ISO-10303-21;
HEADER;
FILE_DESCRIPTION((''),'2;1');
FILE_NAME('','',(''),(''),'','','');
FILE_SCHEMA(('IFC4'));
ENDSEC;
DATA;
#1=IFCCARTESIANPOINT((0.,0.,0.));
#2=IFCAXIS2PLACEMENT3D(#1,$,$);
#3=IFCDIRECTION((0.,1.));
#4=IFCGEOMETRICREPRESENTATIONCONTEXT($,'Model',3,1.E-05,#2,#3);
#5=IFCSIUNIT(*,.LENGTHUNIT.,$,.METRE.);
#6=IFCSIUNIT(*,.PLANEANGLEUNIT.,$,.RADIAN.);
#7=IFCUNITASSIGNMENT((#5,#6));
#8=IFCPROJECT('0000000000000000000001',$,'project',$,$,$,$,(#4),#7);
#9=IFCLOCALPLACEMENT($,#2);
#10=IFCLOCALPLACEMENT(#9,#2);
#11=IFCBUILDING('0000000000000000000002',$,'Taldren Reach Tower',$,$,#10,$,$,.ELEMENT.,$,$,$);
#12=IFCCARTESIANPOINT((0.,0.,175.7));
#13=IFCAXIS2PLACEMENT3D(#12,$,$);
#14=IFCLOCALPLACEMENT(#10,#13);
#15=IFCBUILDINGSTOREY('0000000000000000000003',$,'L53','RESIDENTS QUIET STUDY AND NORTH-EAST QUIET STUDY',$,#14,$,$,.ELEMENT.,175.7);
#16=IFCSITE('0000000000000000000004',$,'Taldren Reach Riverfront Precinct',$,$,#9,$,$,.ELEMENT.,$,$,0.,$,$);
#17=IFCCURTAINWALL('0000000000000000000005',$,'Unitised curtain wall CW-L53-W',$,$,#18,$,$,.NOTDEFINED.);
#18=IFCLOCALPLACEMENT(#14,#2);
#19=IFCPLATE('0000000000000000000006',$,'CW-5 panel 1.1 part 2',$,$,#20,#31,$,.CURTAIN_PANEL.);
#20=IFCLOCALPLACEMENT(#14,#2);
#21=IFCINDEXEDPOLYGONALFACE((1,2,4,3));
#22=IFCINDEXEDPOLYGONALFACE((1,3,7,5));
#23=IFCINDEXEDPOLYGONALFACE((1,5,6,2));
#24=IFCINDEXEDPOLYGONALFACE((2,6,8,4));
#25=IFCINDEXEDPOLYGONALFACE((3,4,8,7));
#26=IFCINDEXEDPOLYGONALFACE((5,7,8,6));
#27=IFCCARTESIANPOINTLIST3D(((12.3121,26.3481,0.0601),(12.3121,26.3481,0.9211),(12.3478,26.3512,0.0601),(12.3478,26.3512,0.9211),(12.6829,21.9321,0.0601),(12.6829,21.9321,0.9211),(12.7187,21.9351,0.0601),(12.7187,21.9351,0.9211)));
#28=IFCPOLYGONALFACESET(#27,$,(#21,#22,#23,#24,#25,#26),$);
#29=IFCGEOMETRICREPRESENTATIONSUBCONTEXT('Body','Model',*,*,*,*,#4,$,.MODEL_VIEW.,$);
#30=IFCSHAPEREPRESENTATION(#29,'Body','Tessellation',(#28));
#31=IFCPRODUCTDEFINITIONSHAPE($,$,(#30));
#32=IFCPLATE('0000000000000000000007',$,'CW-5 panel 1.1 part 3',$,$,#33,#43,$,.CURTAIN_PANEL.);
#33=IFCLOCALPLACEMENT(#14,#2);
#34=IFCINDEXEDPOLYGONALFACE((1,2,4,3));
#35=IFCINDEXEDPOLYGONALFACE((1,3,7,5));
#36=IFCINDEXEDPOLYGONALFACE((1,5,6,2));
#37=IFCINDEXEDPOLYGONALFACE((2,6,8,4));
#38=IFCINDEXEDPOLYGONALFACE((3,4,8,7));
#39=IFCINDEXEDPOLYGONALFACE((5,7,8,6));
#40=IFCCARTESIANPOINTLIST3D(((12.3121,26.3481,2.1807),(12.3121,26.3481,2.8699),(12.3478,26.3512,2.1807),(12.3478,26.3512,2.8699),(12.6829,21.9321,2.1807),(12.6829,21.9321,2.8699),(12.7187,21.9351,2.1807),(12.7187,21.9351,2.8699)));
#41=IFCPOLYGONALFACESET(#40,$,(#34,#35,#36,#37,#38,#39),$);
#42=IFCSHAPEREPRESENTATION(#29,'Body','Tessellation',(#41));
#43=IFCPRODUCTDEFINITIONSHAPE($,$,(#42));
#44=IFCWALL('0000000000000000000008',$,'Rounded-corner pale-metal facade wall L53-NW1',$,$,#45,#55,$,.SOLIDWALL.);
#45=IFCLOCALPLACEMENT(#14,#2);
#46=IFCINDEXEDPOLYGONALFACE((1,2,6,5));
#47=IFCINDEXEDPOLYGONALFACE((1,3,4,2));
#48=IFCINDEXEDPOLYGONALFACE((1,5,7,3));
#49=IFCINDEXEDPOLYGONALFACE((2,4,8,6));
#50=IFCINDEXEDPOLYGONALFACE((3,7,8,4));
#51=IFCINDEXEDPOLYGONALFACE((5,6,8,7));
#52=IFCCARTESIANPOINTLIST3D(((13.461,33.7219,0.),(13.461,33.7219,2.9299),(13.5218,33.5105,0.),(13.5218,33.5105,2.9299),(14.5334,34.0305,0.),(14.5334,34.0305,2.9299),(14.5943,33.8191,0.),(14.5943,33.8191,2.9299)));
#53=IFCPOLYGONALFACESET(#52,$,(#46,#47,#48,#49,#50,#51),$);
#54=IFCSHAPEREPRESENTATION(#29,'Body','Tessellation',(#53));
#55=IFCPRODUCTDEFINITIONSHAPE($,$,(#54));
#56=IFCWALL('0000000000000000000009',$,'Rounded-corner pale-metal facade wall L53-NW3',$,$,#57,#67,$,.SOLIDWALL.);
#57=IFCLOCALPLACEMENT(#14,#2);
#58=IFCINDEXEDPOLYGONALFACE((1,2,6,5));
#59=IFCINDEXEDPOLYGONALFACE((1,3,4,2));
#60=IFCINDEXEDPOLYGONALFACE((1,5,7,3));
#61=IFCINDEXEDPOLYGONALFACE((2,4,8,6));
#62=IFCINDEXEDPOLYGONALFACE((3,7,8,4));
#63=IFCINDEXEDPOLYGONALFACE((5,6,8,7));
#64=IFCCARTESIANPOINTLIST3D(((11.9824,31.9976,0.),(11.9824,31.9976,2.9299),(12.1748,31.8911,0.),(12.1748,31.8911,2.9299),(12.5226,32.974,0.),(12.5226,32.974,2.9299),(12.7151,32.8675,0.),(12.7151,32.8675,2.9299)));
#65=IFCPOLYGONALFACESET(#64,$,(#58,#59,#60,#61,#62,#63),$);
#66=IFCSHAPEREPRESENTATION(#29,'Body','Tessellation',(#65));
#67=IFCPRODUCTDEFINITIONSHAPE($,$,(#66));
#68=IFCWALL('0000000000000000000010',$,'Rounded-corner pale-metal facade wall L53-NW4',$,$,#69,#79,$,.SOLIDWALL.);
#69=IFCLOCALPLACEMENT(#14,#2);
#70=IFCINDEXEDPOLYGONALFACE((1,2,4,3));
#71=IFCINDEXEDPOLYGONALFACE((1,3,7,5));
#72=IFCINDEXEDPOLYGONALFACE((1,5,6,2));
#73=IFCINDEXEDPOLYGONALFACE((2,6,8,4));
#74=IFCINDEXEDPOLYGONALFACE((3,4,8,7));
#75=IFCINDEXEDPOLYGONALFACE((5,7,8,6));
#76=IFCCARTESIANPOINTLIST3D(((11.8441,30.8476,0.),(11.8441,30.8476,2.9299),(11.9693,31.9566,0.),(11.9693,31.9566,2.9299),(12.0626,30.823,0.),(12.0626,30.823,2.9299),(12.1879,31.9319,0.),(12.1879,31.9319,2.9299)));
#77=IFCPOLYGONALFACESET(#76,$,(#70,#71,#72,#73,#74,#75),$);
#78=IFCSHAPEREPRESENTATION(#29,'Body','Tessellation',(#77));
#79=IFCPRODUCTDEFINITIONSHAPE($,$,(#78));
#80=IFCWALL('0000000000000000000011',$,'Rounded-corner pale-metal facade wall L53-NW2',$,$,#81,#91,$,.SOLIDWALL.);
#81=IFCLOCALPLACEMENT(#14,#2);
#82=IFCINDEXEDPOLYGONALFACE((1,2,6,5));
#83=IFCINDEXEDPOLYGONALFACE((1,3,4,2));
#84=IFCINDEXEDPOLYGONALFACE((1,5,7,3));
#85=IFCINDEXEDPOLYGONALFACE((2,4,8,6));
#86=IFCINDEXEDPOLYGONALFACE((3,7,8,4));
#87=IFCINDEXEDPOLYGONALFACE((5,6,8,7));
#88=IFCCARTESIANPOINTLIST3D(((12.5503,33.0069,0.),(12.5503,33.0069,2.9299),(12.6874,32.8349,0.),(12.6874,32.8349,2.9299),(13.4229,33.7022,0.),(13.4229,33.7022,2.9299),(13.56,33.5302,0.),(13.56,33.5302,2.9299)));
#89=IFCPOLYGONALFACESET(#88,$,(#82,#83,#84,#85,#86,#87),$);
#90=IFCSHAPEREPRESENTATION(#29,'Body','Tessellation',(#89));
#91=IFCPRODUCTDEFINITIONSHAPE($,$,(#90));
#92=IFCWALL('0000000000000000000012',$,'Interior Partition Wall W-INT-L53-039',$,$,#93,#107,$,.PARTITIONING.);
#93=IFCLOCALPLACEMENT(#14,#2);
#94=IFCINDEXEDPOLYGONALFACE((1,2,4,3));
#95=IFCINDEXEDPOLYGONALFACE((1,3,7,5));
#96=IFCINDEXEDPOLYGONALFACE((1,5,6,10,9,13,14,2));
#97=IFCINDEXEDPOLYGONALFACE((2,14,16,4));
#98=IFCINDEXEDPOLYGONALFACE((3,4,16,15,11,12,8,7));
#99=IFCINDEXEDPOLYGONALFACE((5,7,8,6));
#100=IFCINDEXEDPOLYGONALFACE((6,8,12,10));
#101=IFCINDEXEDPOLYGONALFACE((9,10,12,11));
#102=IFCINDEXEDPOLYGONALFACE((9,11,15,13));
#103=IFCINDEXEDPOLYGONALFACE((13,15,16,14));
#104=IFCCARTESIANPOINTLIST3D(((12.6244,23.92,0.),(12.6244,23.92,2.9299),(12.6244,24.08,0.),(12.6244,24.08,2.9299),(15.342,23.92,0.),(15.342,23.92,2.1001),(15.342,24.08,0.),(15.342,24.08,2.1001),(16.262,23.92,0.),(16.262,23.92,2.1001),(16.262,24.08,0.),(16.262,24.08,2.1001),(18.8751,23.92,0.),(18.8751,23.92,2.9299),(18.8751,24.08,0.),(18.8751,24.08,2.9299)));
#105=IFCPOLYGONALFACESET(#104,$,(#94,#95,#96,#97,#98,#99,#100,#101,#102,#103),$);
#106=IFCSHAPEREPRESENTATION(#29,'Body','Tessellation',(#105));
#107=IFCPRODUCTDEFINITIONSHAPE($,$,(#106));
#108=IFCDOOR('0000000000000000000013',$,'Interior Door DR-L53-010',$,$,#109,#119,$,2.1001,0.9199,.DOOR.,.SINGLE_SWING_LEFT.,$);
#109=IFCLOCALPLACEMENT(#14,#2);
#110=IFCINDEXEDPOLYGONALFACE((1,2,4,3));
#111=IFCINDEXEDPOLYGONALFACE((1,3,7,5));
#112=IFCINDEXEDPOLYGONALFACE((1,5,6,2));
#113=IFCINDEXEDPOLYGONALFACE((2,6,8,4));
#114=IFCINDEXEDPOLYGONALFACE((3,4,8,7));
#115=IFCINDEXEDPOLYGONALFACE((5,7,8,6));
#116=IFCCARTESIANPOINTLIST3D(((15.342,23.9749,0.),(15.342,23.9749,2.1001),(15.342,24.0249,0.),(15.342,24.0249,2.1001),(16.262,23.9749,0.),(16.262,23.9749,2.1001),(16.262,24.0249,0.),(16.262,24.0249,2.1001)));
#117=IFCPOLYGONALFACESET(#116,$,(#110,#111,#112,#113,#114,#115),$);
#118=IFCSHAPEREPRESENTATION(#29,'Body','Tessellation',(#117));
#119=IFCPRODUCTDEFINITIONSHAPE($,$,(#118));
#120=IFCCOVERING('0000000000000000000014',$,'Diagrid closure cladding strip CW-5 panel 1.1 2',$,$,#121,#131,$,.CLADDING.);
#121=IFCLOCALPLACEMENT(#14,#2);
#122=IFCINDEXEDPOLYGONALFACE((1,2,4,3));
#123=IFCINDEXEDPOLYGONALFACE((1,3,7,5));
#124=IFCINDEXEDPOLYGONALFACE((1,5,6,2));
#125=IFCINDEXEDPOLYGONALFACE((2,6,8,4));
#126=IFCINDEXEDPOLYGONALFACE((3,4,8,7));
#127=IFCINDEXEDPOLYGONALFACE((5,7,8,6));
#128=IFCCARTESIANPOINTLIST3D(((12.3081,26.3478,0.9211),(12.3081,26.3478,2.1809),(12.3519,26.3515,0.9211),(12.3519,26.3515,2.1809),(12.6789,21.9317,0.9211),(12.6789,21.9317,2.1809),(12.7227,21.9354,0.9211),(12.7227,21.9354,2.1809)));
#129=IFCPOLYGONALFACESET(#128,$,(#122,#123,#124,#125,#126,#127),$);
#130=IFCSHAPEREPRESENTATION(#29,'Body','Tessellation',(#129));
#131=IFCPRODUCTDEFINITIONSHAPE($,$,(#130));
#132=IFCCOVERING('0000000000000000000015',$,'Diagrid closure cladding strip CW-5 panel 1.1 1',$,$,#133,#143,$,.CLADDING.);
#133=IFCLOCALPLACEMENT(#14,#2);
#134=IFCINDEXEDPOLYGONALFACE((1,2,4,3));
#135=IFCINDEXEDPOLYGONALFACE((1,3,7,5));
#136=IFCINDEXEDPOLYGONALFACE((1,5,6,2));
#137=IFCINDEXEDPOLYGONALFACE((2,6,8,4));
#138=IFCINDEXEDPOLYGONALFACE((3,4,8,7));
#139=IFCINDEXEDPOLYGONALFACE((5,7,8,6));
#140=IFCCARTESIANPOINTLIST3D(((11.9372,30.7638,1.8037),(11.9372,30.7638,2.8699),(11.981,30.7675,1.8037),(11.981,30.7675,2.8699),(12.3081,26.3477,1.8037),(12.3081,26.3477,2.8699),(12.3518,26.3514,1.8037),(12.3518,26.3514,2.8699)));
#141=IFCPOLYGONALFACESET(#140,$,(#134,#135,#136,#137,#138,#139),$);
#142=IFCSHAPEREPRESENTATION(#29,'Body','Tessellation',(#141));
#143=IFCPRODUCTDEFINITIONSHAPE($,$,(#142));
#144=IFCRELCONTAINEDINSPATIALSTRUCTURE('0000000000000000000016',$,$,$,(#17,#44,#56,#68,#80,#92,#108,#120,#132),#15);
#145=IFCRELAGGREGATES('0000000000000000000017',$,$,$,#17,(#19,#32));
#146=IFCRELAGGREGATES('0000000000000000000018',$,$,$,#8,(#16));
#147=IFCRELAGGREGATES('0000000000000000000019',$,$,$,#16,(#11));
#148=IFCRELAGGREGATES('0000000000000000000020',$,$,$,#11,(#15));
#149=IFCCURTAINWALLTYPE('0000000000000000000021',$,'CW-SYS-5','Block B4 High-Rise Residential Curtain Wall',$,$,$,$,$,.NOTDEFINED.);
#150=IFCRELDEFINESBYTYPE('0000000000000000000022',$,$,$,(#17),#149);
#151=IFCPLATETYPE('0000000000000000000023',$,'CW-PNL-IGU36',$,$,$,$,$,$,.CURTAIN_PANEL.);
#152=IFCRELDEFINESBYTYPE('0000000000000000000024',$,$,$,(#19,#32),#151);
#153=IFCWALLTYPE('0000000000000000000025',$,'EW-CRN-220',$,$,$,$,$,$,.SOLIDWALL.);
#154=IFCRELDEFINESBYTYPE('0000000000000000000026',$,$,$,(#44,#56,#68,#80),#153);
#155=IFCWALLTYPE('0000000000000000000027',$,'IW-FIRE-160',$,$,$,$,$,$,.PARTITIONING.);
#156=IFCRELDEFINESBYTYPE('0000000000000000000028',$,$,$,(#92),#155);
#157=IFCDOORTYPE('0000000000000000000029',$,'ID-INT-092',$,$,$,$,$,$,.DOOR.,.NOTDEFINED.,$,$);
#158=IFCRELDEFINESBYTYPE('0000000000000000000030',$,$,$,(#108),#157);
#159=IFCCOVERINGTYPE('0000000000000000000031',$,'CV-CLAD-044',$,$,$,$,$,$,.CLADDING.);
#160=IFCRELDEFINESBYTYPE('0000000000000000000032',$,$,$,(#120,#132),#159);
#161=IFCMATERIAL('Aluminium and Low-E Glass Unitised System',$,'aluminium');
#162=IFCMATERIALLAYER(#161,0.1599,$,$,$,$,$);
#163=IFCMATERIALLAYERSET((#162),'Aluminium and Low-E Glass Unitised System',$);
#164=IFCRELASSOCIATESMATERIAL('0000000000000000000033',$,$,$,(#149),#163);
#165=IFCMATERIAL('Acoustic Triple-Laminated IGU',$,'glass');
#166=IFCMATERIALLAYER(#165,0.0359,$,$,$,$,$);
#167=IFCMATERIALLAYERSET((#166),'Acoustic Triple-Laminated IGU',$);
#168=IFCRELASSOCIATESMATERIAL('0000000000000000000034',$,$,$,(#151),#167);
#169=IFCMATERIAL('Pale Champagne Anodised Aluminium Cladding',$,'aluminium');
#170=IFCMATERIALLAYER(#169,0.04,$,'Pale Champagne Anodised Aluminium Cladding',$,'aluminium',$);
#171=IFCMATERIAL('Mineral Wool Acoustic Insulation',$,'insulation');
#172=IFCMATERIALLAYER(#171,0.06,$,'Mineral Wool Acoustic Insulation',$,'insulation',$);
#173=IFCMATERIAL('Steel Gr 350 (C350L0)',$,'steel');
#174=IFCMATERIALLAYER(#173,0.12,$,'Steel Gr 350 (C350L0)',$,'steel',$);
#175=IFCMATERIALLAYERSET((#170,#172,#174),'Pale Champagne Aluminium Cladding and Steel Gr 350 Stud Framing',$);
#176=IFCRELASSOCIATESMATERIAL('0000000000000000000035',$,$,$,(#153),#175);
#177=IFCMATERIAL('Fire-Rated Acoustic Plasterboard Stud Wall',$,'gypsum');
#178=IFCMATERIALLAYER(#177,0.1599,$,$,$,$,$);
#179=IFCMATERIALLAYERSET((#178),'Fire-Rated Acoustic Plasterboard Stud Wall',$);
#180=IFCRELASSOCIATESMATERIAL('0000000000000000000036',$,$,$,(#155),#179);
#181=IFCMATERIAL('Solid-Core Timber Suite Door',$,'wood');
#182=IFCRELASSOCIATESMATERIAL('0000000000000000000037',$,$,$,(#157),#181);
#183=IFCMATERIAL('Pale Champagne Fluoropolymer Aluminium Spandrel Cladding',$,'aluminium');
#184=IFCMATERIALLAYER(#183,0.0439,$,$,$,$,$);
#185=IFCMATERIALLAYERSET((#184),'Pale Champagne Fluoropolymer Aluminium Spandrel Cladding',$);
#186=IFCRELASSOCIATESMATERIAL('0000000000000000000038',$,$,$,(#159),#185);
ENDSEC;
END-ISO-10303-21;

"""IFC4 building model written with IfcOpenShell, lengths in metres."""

from ifc_helpers import new_model, si_unit, direction, frame, frame_2d, origin, origin_2d, place, context, subcontext, project, spatial, rectangle, extrude, source, transform, mapped, material, layer, layer_set, type_object, element, fill, aggregate, save


model = new_model("IFC4")

# Units and contexts
model_context = context("Model", 3, precision=1e-05, world=origin(), true_north=direction((0.0, 1.0)))
body_context = subcontext(model_context, "Body", "Model", "MODEL_VIEW")
ifc_project = project(units=[si_unit("LENGTHUNIT", "METRE"), si_unit("PLANEANGLEUNIT", "RADIAN")], contexts=[model_context])

# Site, building, storey
site_placement = place(None, origin())
site = spatial("IfcSite", under=ifc_project, at=site_placement, Name="Taldren Reach Riverfront Precinct", CompositionType="ELEMENT", RefElevation=0.0)
building_placement = place(site_placement, origin())
building = spatial("IfcBuilding", under=site, at=building_placement, Name="Taldren Reach Tower", CompositionType="ELEMENT")
storey_placement = place(building_placement, frame((0.0, 0.0, 175.7)))
storey = spatial("IfcBuildingStorey", under=building, at=storey_placement, Name="L53", Description="RESIDENTS QUIET STUDY AND NORTH-EAST QUIET STUDY", CompositionType="ELEMENT", Elevation=175.7)

# Shared definitions
ifc_material_1 = material(Name="Steel Gr 350 (C350L0)", Category="steel")

# Shared definitions
ifc_material_2 = material(Name="Aluminium and Low-E Glass Unitised System", Category="aluminium")
ifc_layer_1 = layer(ifc_material_2, 0.1599)
ifc_layer_set_1 = layer_set([ifc_layer_1], Name="Aluminium and Low-E Glass Unitised System")
curtain_wall_type = type_object("IfcCurtainWallType", Name="CW-SYS-5", Description="Block B4 High-Rise Residential Curtain Wall", PredefinedType="NOTDEFINED", material=ifc_layer_set_1)

# Curtain wall
curtain_wall_1_placement = place(storey_placement, origin())
curtain_wall_1 = element("IfcCurtainWall", 1, at=curtain_wall_1_placement, inside=storey, type_object=curtain_wall_type, Name="Unitised curtain wall CW-L53-W", PredefinedType="NOTDEFINED")

# Plates
ifc_material_3 = material(Name="Acoustic Triple-Laminated IGU", Category="glass")
ifc_layer_2 = layer(ifc_material_3, 0.0359)
ifc_layer_set_2 = layer_set([ifc_layer_2], Name="Acoustic Triple-Laminated IGU")
plate_type_1 = type_object("IfcPlateType", Name="CW-PNL-IGU36", PredefinedType="CURTAIN_PANEL", material=ifc_layer_set_2)
shared_shape_1 = source(origin(), body_context, "Body", "SweptSolid", [
    extrude(rectangle(XDim=4.4316, YDim=0.0359, at=origin_2d()), origin(), (0.0, 0.0, 1.0), 0.8611),
])
plate_1_placement = place(storey_placement, frame((12.5154, 24.1416, 0.0601), z_axis=(0.0, 0.0, 1.0), x_axis=(0.083678, -0.996493, 0.0)))
plate_1 = element("IfcPlate", 2, at=plate_1_placement, type_object=plate_type_1, Name="CW-5 panel 1.1 part 2", PredefinedType="CURTAIN_PANEL", context=body_context, shape_type="MappedRepresentation", body=[
    mapped(shared_shape_1, transform((0.0, 0.0, 0.0), scale=1.0)),
])
shared_shape_2 = source(origin(), body_context, "Body", "SweptSolid", [
    extrude(rectangle(XDim=4.4316, YDim=0.0359, at=origin_2d()), origin(), (0.0, 0.0, 1.0), 0.6892),
])
plate_2_placement = place(storey_placement, frame((12.5154, 24.1416, 2.1807), z_axis=(0.0, 0.0, 1.0), x_axis=(0.083678, -0.996493, 0.0)))
plate_2 = element("IfcPlate", 3, at=plate_2_placement, type_object=plate_type_1, Name="CW-5 panel 1.1 part 3", PredefinedType="CURTAIN_PANEL", context=body_context, shape_type="MappedRepresentation", body=[
    mapped(shared_shape_2, transform((0.0, 0.0, 0.0), scale=1.0)),
])
aggregate(curtain_wall_1, [plate_1, plate_2])

# Walls
ifc_material_4 = material(Name="Pale Champagne Anodised Aluminium Cladding", Category="aluminium")
ifc_layer_3 = layer(ifc_material_4, 0.04, Name="Pale Champagne Anodised Aluminium Cladding", Category="aluminium")
ifc_material_5 = material(Name="Mineral Wool Acoustic Insulation", Category="insulation")
ifc_layer_4 = layer(ifc_material_5, 0.06, Name="Mineral Wool Acoustic Insulation", Category="insulation")
ifc_layer_5 = layer(ifc_material_1, 0.12, Name="Steel Gr 350 (C350L0)", Category="steel")
ifc_layer_set_3 = layer_set([ifc_layer_3, ifc_layer_4, ifc_layer_5], Name="Pale Champagne Aluminium Cladding and Steel Gr 350 Stud Framing")
wall_type_1 = type_object("IfcWallType", Name="EW-CRN-220", PredefinedType="SOLIDWALL", material=ifc_layer_set_3)
shared_shape_3 = source(origin(), body_context, "Body", "SweptSolid", [
    extrude(rectangle(XDim=1.116, YDim=0.22, at=frame_2d((0.5581, 0.0))), origin(), (0.0, 0.0, 1.0), 2.9299),
])
for number, where, z_axis, x_axis, name in (
    (4, (14.564, 33.9248, 0.0), (0.0, 0.0, 1.0), (-0.96101, -0.276512, 0.0), "Rounded-corner pale-metal facade wall L53-NW1"),
    (5, (12.6189, 32.9209, 0.0), (0.0, 0.0, 1.0), (-0.484101, -0.875012, 0.0), "Rounded-corner pale-metal facade wall L53-NW3"),
    (6, (12.0786, 31.9443, 0.0), (0.0, 0.0, 1.0), (-0.112232, -0.993682, 0.0), "Rounded-corner pale-metal facade wall L53-NW4"),
):
    element("IfcWall", number, at=place(storey_placement, frame(where, z_axis=z_axis, x_axis=x_axis)), inside=storey, type_object=wall_type_1, Name=name, PredefinedType="SOLIDWALL", context=body_context, shape_type="MappedRepresentation", body=[
        mapped(shared_shape_3, transform((0.0, 0.0, 0.0), scale=1.0)),
    ])
shared_shape_4 = source(origin(), body_context, "Body", "SweptSolid", [
    extrude(rectangle(XDim=1.1157, YDim=0.22, at=frame_2d((0.5579, 0.0))), origin(), (0.0, 0.0, 1.0), 2.9299),
])
wall_1_placement = place(storey_placement, frame((13.4915, 33.6162, 0.0), z_axis=(0.0, 0.0, 1.0), x_axis=(-0.782063, -0.6232, 0.0)))
element("IfcWall", 7, at=wall_1_placement, inside=storey, type_object=wall_type_1, Name="Rounded-corner pale-metal facade wall L53-NW2", PredefinedType="SOLIDWALL", context=body_context, shape_type="MappedRepresentation", body=[
    mapped(shared_shape_4, transform((0.0, 0.0, 0.0), scale=1.0)),
])

# Wall, opening, door
ifc_material_6 = material(Name="Fire-Rated Acoustic Plasterboard Stud Wall", Category="gypsum")
ifc_layer_6 = layer(ifc_material_6, 0.1599)
ifc_layer_set_4 = layer_set([ifc_layer_6], Name="Fire-Rated Acoustic Plasterboard Stud Wall")
wall_type_2 = type_object("IfcWallType", Name="IW-FIRE-160", PredefinedType="PARTITIONING", material=ifc_layer_set_4)
shared_shape_5 = source(origin(), body_context, "Body", "SweptSolid", [
    extrude(rectangle(XDim=6.2507, YDim=0.1599, at=frame_2d((3.1255, 0.0))), origin(), (0.0, 0.0, 1.0), 2.9299),
])
wall_2_placement = place(storey_placement, frame((12.6243, 24.0, 0.0), z_axis=(0.0, 0.0, 1.0), x_axis=(1.0, 0.0, 0.0)))
wall_2 = element("IfcWall", 8, at=wall_2_placement, inside=storey, type_object=wall_type_2, Name="Interior Partition Wall W-INT-L53-039", PredefinedType="PARTITIONING", context=body_context, shape_type="MappedRepresentation", body=[
    mapped(shared_shape_5, transform((0.0, 0.0, 0.0), scale=1.0)),
])
shared_shape_6 = source(origin(), body_context, "Body", "SweptSolid", [
    extrude(rectangle(XDim=0.9199, YDim=2.1001, at=frame_2d((0.46, 1.05))), frame((0.0, 0.0898, 0.0), z_axis=(0.0, -1.0, 0.0), x_axis=(1.0, 0.0, 0.0)), (0.0, 0.0, 1.0), 0.1799),
])
opening_placement = place(wall_2_placement, frame((2.7178, 0.0, 0.0)))
opening = element("IfcOpeningElement", 9, at=opening_placement, cuts=wall_2, PredefinedType="OPENING", context=body_context, shape_type="MappedRepresentation", body=[
    mapped(shared_shape_6, transform((0.0, 0.0, 0.0), scale=1.0)),
])
ifc_material_7 = material(Name="Solid-Core Timber Suite Door", Category="wood")
door_type = type_object("IfcDoorType", Name="ID-INT-092", OperationType="NOTDEFINED", PredefinedType="DOOR", material=ifc_material_7)
shared_shape_7 = source(origin(), body_context, "Body", "SweptSolid", [
    extrude(rectangle(XDim=0.9199, YDim=2.1001, at=frame_2d((0.46, 1.05))), frame((0.0, 0.0249, 0.0), z_axis=(0.0, -1.0, 0.0), x_axis=(1.0, 0.0, 0.0)), (0.0, 0.0, 1.0), 0.05),
])
door_placement = place(opening_placement, origin())
door = element("IfcDoor", 10, at=door_placement, inside=storey, type_object=door_type, Name="Interior Door DR-L53-010", OperationType="SINGLE_SWING_LEFT", OverallHeight=2.1001, OverallWidth=0.9199, PredefinedType="DOOR", context=body_context, shape_type="MappedRepresentation", body=[
    mapped(shared_shape_7, transform((0.0, 0.0, 0.0), scale=1.0)),
])
fill(opening, door)

# Coverings
ifc_material_8 = material(Name="Pale Champagne Fluoropolymer Aluminium Spandrel Cladding", Category="aluminium")
ifc_layer_7 = layer(ifc_material_8, 0.0439)
ifc_layer_set_5 = layer_set([ifc_layer_7], Name="Pale Champagne Fluoropolymer Aluminium Spandrel Cladding")
covering_type = type_object("IfcCoveringType", Name="CV-CLAD-044", PredefinedType="CLADDING", material=ifc_layer_set_5)
shared_shape_8 = source(origin(), body_context, "Body", "SweptSolid", [
    extrude(rectangle(XDim=4.4316, YDim=0.0439, at=origin_2d()), origin(), (0.0, 0.0, 1.0), 1.2598),
])
covering_1_placement = place(storey_placement, frame((12.5154, 24.1416, 0.9211), z_axis=(0.0, 0.0, 1.0), x_axis=(0.083678, -0.996493, 0.0)))
element("IfcCovering", 11, at=covering_1_placement, inside=storey, type_object=covering_type, Name="Diagrid closure cladding strip CW-5 panel 1.1 2", PredefinedType="CLADDING", context=body_context, shape_type="MappedRepresentation", body=[
    mapped(shared_shape_8, transform((0.0, 0.0, 0.0), scale=1.0)),
])
shared_shape_9 = source(origin(), body_context, "Body", "SweptSolid", [
    extrude(rectangle(XDim=4.4316, YDim=0.0439, at=origin_2d()), origin(), (0.0, 0.0, 1.0), 1.0662),
])
covering_2_placement = place(storey_placement, frame((12.1445, 28.5576, 1.8037), z_axis=(0.0, 0.0, 1.0), x_axis=(0.083678, -0.996493, 0.0)))
element("IfcCovering", 12, at=covering_2_placement, inside=storey, type_object=covering_type, Name="Diagrid closure cladding strip CW-5 panel 1.1 1", PredefinedType="CLADDING", context=body_context, shape_type="MappedRepresentation", body=[
    mapped(shared_shape_9, transform((0.0, 0.0, 0.0), scale=1.0)),
])

save(model, "model.ifc")
